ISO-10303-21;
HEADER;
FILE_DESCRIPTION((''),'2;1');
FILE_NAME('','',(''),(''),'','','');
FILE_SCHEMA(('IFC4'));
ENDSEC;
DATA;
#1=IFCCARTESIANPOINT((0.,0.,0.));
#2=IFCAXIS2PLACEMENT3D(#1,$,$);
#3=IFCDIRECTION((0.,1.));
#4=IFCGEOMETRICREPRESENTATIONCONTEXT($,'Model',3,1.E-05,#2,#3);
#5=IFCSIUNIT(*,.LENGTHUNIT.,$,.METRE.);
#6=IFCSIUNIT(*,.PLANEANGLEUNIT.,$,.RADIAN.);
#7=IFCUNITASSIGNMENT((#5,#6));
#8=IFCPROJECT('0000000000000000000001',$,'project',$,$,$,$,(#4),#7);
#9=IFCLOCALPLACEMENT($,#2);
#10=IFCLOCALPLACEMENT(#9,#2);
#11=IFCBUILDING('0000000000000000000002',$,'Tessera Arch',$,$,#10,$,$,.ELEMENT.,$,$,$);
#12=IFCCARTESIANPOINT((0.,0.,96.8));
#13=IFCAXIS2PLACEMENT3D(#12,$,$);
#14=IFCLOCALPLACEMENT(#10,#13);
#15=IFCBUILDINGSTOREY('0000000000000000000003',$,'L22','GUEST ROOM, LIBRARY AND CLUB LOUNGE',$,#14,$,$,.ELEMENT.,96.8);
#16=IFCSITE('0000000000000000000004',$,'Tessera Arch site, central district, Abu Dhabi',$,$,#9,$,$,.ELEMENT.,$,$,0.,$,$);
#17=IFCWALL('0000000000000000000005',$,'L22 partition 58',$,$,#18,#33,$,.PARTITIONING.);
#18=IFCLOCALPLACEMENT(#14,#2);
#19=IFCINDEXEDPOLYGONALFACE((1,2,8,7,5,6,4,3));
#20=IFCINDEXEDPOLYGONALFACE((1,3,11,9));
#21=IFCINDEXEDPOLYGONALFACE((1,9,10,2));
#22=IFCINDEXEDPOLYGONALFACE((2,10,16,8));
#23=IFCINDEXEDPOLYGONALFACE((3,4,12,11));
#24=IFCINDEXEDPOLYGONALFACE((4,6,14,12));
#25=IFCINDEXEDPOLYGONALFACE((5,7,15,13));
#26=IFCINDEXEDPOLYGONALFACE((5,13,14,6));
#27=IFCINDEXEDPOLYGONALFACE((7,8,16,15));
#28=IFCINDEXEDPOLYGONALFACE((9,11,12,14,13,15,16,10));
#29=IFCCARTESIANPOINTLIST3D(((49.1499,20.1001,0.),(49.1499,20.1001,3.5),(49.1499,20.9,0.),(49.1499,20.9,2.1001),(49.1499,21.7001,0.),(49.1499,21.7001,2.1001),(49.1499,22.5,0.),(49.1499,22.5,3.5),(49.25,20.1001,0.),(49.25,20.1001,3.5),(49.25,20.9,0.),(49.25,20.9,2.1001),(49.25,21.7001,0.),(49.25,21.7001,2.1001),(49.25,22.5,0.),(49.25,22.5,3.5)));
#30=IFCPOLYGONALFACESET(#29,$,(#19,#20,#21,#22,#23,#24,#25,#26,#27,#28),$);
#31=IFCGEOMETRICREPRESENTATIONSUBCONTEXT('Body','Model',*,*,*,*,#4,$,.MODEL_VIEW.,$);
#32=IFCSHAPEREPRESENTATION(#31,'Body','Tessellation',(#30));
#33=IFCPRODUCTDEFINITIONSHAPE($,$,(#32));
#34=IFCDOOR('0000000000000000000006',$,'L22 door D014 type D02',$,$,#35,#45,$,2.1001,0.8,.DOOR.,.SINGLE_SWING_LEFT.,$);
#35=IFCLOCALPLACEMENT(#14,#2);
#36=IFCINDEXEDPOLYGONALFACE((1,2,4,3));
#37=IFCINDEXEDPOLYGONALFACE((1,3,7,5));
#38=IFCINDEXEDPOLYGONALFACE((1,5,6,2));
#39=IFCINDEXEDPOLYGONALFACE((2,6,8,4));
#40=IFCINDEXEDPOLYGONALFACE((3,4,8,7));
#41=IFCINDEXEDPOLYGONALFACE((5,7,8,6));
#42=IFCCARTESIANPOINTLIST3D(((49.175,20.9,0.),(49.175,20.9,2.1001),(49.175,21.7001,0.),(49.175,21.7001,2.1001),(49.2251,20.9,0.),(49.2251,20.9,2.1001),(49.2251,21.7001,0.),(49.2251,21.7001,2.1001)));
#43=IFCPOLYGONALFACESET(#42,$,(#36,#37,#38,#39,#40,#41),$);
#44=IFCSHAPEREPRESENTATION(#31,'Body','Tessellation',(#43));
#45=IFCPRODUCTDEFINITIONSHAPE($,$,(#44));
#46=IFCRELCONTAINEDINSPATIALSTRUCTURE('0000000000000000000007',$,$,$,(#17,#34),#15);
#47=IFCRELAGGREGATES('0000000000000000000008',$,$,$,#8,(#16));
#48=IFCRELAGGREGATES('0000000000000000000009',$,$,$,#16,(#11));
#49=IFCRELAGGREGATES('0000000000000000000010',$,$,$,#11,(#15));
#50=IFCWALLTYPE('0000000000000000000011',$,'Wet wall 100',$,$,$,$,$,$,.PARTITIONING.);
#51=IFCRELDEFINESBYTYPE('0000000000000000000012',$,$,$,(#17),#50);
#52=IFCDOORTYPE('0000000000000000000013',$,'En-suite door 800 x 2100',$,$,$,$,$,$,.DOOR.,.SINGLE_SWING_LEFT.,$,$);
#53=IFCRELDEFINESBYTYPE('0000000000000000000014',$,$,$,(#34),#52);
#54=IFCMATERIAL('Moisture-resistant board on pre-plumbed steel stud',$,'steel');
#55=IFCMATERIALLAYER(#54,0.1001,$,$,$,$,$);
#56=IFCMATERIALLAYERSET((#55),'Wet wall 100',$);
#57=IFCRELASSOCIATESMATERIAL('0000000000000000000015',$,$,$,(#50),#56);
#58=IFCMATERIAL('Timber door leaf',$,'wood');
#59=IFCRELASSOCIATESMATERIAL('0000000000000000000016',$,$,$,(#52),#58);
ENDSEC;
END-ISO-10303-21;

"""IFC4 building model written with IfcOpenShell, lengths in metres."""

from ifc_helpers import new_model, si_unit, direction, frame, frame_2d, origin, place, context, subcontext, project, spatial, rectangle, extrude, material, layer, layer_set, type_object, element, fill, save


model = new_model("IFC4")

# Units and contexts
model_context = context("Model", 3, precision=1e-05, world=origin(), true_north=direction((0.0, 1.0)))
body_context = subcontext(model_context, "Body", "Model", "MODEL_VIEW")
ifc_project = project(units=[si_unit("LENGTHUNIT", "METRE"), si_unit("PLANEANGLEUNIT", "RADIAN")], contexts=[model_context])

# Site, building, storey
site_placement = place(None, origin())
site = spatial("IfcSite", under=ifc_project, at=site_placement, Name="Tessera Arch site, central district, Abu Dhabi", CompositionType="ELEMENT", RefElevation=0.0)
building_placement = place(site_placement, origin())
building = spatial("IfcBuilding", under=site, at=building_placement, Name="Tessera Arch", CompositionType="ELEMENT")
storey_placement = place(building_placement, frame((0.0, 0.0, 96.8)))
storey = spatial("IfcBuildingStorey", under=building, at=storey_placement, Name="L22", Description="GUEST ROOM, LIBRARY AND CLUB LOUNGE", CompositionType="ELEMENT", Elevation=96.8)

# Shared definitions
ifc_material_1 = material(Name="Moisture-resistant board on pre-plumbed steel stud", Category="steel")
ifc_layer_1 = layer(ifc_material_1, 0.1001)
ifc_layer_set_1 = layer_set([ifc_layer_1], Name="Wet wall 100")
wall_type_1 = type_object("IfcWallType", Name="Wet wall 100", PredefinedType="PARTITIONING", material=ifc_layer_set_1)

# Wall, opening, door
wall_1_placement = place(storey_placement, frame((49.2, 20.1001, 0.0), z_axis=(0.0, 0.0, 1.0), x_axis=(0.0, 1.0, 0.0)))
wall_1 = element("IfcWall", 1, at=wall_1_placement, inside=storey, type_object=wall_type_1, Name="L22 partition 58", PredefinedType="PARTITIONING", context=body_context, shape_type="SweptSolid", body=[
    extrude(rectangle(XDim=2.3999, YDim=0.1001, at=frame_2d((1.2, 0.0))), origin(), (0.0, 0.0, 1.0), 3.5),
])
opening_1_placement = place(wall_1_placement, frame((0.8, 0.0, 0.0)))
opening_1 = element("IfcOpeningElement", 2, at=opening_1_placement, cuts=wall_1, PredefinedType="OPENING", context=body_context, shape_type="SweptSolid", body=[
    extrude(rectangle(XDim=0.8, YDim=2.1001, at=frame_2d((0.3999, 1.05))), frame((0.0, 0.0601, 0.0), z_axis=(0.0, -1.0, 0.0), x_axis=(1.0, 0.0, 0.0)), (0.0, 0.0, 1.0), 0.1201),
])
ifc_material_2 = material(Name="Timber door leaf", Category="wood")
door_type_1 = type_object("IfcDoorType", Name="En-suite door 800 x 2100", OperationType="SINGLE_SWING_LEFT", PredefinedType="DOOR", material=ifc_material_2)
door_1_placement = place(opening_1_placement, origin())
door_1 = element("IfcDoor", 3, at=door_1_placement, inside=storey, type_object=door_type_1, Name="L22 door D014 type D02", OperationType="SINGLE_SWING_LEFT", OverallHeight=2.1001, OverallWidth=0.8, PredefinedType="DOOR", context=body_context, shape_type="SweptSolid", body=[
    extrude(rectangle(XDim=0.8, YDim=2.1001, at=frame_2d((0.3999, 1.05))), frame((0.0, 0.0249, 0.0), z_axis=(0.0, -1.0, 0.0), x_axis=(1.0, 0.0, 0.0)), (0.0, 0.0, 1.0), 0.05),
])
fill(opening_1, door_1)

save(model, "model.ifc")
